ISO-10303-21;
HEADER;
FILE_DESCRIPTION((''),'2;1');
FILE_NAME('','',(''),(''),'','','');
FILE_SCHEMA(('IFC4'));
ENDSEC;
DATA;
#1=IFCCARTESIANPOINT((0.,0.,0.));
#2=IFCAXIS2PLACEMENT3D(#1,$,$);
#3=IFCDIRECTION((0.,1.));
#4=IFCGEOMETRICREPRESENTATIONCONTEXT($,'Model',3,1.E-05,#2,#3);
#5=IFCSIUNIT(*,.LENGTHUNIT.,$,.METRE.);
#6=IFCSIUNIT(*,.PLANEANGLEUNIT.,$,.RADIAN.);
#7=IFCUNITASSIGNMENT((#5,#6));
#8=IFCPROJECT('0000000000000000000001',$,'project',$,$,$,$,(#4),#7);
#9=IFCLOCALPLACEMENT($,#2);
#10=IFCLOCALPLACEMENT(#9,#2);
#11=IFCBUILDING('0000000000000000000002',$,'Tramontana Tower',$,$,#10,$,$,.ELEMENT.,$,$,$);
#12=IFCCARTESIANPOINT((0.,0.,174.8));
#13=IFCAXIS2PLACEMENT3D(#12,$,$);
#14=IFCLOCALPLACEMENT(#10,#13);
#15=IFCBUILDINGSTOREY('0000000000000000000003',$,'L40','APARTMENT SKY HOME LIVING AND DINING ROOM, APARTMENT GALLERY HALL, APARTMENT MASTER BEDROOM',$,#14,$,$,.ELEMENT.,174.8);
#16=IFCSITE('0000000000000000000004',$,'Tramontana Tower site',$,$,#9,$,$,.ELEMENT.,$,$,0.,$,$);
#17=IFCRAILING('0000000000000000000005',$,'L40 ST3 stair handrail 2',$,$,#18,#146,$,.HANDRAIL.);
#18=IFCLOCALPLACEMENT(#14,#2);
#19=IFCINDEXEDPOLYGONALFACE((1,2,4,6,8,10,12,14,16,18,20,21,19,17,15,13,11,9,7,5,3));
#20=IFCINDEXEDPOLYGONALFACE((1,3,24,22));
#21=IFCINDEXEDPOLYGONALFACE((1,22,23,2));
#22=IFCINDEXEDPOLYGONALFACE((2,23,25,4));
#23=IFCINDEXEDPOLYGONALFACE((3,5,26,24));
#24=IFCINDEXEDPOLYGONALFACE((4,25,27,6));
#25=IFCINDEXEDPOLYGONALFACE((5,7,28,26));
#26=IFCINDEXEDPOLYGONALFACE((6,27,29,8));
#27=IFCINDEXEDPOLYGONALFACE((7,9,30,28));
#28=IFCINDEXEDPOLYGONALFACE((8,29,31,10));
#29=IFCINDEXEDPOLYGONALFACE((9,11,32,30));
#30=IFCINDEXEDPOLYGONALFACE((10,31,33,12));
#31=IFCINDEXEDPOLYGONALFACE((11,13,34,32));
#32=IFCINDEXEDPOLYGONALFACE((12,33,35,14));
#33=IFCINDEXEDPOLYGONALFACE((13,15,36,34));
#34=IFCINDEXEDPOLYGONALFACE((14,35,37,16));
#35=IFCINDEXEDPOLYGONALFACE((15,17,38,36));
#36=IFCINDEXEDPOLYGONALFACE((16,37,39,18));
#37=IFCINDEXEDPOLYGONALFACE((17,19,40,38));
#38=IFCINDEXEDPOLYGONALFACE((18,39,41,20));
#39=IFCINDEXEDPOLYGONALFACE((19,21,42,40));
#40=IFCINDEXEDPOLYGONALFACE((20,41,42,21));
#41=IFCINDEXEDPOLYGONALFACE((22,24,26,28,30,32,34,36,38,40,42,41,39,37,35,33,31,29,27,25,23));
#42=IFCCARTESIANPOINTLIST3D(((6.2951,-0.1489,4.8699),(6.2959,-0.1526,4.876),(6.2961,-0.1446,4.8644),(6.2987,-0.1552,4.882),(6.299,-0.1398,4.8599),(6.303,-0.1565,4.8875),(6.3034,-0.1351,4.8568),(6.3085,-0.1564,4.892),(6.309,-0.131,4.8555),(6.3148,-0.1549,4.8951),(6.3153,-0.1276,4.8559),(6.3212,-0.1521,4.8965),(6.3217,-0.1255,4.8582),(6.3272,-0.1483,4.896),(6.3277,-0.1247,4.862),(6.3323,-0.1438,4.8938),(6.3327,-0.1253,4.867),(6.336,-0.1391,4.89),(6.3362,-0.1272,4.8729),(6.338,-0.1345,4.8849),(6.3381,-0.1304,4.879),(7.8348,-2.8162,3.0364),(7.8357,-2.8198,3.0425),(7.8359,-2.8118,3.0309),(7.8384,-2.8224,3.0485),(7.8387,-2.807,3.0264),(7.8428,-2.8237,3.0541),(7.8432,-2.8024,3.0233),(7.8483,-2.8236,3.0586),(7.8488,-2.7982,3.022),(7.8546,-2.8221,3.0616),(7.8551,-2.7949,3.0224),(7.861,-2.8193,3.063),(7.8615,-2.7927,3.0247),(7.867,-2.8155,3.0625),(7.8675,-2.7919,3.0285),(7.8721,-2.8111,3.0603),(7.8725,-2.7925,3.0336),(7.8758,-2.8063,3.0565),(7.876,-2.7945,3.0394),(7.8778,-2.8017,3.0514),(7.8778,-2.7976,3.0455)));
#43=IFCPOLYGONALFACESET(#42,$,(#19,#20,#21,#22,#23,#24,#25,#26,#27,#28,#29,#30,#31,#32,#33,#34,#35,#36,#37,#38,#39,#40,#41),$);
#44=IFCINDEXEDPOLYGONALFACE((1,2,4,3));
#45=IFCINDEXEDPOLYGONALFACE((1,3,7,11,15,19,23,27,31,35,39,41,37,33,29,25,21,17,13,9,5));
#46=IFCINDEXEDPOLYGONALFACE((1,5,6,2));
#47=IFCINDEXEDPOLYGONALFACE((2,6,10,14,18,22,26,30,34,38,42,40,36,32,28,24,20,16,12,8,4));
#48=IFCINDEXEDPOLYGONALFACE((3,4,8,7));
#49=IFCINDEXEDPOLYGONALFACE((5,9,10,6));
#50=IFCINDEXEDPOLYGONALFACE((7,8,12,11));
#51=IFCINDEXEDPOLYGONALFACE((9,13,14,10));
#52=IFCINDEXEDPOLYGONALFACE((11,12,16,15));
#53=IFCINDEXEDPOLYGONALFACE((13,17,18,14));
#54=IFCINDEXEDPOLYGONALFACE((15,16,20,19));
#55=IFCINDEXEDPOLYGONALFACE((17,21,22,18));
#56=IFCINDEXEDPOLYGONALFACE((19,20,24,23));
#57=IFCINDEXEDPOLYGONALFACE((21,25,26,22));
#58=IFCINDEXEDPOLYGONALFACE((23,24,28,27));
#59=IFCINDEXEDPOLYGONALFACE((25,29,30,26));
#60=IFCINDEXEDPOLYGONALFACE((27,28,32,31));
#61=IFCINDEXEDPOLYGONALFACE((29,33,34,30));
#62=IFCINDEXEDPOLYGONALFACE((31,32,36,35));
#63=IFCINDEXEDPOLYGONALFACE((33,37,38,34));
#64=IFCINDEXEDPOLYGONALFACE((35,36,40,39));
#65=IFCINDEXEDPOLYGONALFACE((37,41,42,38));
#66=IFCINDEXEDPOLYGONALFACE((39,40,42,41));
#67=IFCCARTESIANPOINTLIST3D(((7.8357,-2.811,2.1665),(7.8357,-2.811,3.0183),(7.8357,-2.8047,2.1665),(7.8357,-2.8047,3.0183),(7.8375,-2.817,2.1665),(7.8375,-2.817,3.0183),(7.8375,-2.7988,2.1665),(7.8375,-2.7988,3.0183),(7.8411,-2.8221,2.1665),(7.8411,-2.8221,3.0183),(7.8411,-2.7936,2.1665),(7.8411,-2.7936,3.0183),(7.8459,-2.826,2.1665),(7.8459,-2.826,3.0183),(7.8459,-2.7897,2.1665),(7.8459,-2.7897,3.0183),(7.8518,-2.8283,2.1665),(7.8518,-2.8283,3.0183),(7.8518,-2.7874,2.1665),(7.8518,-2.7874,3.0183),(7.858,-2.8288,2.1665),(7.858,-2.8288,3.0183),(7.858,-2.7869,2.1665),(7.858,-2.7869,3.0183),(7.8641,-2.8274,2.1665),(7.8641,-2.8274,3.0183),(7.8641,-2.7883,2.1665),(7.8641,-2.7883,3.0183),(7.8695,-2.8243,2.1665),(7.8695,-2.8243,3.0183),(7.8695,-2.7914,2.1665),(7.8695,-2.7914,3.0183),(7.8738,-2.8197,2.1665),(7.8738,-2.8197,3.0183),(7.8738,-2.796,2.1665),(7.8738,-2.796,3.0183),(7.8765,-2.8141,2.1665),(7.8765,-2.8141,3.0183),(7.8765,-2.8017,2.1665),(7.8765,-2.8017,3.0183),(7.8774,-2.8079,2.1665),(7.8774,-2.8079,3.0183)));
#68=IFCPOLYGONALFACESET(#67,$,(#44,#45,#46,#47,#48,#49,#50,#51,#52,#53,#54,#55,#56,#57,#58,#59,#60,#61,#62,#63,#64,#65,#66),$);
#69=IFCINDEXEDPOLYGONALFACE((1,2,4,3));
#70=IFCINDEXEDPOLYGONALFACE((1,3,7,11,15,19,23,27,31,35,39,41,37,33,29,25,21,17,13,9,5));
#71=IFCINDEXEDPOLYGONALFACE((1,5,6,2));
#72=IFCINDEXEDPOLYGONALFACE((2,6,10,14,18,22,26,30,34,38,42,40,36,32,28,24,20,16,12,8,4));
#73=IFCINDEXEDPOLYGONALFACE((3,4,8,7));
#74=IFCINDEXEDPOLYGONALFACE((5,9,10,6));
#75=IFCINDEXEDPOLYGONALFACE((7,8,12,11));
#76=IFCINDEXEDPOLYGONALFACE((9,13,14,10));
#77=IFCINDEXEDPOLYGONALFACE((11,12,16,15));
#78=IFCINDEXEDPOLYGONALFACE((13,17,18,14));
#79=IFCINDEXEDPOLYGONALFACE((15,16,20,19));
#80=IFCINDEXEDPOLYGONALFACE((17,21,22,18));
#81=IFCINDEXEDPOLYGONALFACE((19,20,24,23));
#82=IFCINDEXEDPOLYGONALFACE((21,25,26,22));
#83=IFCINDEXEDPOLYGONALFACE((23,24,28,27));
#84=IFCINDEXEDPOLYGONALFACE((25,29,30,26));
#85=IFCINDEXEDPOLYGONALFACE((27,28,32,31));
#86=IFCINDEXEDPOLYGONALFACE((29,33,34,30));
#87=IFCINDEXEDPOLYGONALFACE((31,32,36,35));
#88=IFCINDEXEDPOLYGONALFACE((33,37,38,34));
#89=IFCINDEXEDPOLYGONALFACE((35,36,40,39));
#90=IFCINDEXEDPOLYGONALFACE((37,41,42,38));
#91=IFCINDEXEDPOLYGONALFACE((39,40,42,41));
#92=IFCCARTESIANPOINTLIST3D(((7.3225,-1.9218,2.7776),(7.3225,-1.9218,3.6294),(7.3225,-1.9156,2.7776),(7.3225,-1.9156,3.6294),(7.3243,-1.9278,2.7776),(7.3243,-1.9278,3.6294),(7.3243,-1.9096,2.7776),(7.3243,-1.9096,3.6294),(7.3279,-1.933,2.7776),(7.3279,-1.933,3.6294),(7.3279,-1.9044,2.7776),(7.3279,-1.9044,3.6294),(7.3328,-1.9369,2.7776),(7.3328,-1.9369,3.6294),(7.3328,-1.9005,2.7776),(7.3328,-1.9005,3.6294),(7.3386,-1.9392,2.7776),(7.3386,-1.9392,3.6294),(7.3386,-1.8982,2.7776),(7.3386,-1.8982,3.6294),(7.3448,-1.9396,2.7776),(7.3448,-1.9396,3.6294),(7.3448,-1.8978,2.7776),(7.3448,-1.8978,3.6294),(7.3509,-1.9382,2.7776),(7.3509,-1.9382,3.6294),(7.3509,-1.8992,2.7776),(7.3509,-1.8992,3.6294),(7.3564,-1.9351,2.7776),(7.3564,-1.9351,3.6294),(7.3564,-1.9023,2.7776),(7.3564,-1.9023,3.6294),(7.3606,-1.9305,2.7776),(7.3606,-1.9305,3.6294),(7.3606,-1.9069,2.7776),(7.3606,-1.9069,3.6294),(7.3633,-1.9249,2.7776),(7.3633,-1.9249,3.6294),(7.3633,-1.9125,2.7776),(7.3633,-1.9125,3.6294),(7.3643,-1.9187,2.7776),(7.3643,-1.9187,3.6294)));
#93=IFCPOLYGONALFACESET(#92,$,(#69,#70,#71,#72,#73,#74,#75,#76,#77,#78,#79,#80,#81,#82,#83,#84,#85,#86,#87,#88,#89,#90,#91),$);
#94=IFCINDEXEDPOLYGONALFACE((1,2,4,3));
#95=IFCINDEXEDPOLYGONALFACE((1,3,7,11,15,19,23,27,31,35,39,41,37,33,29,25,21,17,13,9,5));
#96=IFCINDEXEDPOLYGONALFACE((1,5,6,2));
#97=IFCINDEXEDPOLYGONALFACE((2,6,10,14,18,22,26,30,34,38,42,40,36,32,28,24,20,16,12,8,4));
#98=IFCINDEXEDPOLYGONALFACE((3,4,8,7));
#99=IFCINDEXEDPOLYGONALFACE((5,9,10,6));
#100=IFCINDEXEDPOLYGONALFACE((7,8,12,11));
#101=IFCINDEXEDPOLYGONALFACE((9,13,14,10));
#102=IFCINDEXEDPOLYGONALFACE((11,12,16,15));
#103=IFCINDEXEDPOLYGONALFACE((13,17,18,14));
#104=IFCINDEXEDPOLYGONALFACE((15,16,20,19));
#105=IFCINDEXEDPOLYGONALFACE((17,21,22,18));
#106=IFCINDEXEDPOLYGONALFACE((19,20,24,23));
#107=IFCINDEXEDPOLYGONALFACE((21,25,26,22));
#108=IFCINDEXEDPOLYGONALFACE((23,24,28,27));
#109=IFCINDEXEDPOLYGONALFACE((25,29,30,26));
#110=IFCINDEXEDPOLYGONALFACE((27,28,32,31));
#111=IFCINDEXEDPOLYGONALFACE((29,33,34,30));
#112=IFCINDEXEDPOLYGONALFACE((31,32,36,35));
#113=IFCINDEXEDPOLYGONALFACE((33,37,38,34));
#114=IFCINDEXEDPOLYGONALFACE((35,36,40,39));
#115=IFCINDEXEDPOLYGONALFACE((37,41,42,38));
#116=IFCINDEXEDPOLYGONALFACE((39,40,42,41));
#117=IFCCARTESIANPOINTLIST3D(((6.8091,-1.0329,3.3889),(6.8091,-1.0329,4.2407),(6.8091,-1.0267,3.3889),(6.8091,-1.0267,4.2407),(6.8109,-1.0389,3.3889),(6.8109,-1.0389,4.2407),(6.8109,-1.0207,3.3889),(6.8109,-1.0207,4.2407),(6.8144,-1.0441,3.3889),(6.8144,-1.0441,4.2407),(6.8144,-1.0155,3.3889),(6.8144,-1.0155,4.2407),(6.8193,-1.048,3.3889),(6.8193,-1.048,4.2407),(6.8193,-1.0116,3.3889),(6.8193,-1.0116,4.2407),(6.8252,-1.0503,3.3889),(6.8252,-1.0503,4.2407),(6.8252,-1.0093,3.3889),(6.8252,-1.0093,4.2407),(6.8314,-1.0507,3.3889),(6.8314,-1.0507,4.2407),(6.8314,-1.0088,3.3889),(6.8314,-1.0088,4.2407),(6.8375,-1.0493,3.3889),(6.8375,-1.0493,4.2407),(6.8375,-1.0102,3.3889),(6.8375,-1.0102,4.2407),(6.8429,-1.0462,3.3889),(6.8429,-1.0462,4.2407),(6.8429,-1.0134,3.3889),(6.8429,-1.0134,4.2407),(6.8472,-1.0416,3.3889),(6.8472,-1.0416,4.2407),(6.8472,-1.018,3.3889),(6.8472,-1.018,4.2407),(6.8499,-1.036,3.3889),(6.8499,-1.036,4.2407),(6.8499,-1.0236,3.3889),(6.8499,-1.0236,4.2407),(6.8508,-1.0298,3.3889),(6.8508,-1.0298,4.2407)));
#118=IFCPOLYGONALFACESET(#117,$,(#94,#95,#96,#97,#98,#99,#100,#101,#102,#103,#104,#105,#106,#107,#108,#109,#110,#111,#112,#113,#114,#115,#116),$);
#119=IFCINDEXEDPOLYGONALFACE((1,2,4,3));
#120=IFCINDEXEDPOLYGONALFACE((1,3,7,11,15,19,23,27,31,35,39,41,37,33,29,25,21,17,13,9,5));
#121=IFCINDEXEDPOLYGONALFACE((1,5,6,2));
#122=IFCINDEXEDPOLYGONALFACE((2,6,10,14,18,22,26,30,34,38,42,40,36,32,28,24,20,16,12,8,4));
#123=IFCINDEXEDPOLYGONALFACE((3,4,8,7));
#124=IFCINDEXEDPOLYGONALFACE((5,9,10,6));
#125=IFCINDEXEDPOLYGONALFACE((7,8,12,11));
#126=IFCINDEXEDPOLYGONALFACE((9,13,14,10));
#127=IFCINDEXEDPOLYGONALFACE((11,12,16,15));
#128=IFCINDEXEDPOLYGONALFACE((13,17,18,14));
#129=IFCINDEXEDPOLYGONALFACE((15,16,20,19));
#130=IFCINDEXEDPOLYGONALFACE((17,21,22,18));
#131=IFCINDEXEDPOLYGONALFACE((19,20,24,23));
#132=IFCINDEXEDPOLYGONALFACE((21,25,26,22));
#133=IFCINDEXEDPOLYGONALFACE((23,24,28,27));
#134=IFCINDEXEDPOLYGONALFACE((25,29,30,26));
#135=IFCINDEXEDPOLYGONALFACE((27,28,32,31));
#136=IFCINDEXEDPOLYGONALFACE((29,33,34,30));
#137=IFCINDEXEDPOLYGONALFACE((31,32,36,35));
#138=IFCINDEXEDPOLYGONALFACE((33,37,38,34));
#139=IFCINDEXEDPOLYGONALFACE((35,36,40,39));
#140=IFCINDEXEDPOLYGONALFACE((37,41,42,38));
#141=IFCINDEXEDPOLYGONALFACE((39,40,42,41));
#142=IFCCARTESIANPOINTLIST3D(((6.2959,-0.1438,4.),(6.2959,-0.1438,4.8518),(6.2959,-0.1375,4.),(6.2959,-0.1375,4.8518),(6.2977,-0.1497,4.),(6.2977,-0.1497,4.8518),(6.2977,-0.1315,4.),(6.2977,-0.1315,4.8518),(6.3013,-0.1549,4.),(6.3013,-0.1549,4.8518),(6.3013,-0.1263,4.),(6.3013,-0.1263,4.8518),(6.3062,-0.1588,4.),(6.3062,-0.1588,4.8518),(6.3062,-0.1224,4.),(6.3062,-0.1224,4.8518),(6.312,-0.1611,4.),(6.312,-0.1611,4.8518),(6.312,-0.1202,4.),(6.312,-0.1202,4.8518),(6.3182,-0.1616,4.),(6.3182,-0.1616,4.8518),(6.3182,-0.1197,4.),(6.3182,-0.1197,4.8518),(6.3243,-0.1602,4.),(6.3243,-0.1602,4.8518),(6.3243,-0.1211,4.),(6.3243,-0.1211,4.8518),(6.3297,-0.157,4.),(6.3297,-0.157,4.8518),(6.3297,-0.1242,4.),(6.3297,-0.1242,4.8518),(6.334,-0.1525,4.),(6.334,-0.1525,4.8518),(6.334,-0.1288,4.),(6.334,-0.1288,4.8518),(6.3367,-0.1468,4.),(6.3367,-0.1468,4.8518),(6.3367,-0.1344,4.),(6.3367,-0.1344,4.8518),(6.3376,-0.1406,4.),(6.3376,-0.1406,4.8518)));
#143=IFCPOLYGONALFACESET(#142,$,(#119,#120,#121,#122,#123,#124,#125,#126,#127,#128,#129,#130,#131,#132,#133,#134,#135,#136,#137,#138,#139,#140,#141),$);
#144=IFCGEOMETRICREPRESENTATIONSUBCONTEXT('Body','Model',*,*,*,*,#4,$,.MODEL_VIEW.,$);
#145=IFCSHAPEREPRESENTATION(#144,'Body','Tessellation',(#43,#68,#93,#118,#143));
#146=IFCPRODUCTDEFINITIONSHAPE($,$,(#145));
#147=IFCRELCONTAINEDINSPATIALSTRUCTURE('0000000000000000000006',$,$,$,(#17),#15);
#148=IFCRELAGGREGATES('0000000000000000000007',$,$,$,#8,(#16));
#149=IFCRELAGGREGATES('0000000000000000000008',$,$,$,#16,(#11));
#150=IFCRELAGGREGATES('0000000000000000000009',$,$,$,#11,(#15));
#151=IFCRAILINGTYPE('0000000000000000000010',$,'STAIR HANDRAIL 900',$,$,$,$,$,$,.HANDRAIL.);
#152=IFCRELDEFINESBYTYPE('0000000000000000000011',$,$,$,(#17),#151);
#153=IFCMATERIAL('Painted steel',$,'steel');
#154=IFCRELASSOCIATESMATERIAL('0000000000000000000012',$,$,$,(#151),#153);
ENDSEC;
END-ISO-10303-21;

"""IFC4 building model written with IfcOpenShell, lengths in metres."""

from ifc_helpers import new_model, si_unit, direction, frame, origin, origin_2d, place, context, subcontext, project, spatial, circle, extrude, material, type_object, element, save


model = new_model("IFC4")

# Units and contexts
model_context = context("Model", 3, precision=1e-05, world=origin(), true_north=direction((0.0, 1.0)))
body_context = subcontext(model_context, "Body", "Model", "MODEL_VIEW")
ifc_project = project(units=[si_unit("LENGTHUNIT", "METRE"), si_unit("PLANEANGLEUNIT", "RADIAN")], contexts=[model_context])

# Site, building, storey
site_placement = place(None, origin())
site = spatial("IfcSite", under=ifc_project, at=site_placement, Name="Tramontana Tower site", CompositionType="ELEMENT", RefElevation=0.0)
building_placement = place(site_placement, origin())
building = spatial("IfcBuilding", under=site, at=building_placement, Name="Tramontana Tower", CompositionType="ELEMENT")
storey_placement = place(building_placement, frame((0.0, 0.0, 174.8)))
storey = spatial("IfcBuildingStorey", under=building, at=storey_placement, Name="L40", Description="APARTMENT SKY HOME LIVING AND DINING ROOM, APARTMENT GALLERY HALL, APARTMENT MASTER BEDROOM", CompositionType="ELEMENT", Elevation=174.8)

# Railing
ifc_material_1 = material(Name="Painted steel", Category="steel")
railing_type_1 = type_object("IfcRailingType", Name="STAIR HANDRAIL 900", PredefinedType="HANDRAIL", material=ifc_material_1)
railing_1_placement = place(storey_placement, frame((7.8564, -2.8079, 2.1665)))
element("IfcRailing", 1, at=railing_1_placement, inside=storey, type_object=railing_type_1, Name="L40 ST3 stair handrail 2", PredefinedType="HANDRAIL", context=body_context, shape_type="SweptSolid", body=[
    extrude(circle(Radius=0.0239, at=origin_2d()), frame((0.0, 0.0, 0.876), z_axis=(-0.429601, 0.744155, 0.511543), x_axis=(-0.866044, -0.499967, 0.0)), (0.0, 0.0, 1.0), 3.5842),
    extrude(circle(Radius=0.021, at=origin_2d()), origin(), (0.0, 0.0, 1.0), 0.8518),
    extrude(circle(Radius=0.021, at=origin_2d()), frame((-0.5132, 0.8892, 0.6111)), (0.0, 0.0, 1.0), 0.8518),
    extrude(circle(Radius=0.021, at=origin_2d()), frame((-1.0266, 1.7781, 1.2224)), (0.0, 0.0, 1.0), 0.8518),
    extrude(circle(Radius=0.021, at=origin_2d()), frame((-1.5398, 2.6672, 1.8335)), (0.0, 0.0, 1.0), 0.8518),
])

save(model, "model.ifc")
